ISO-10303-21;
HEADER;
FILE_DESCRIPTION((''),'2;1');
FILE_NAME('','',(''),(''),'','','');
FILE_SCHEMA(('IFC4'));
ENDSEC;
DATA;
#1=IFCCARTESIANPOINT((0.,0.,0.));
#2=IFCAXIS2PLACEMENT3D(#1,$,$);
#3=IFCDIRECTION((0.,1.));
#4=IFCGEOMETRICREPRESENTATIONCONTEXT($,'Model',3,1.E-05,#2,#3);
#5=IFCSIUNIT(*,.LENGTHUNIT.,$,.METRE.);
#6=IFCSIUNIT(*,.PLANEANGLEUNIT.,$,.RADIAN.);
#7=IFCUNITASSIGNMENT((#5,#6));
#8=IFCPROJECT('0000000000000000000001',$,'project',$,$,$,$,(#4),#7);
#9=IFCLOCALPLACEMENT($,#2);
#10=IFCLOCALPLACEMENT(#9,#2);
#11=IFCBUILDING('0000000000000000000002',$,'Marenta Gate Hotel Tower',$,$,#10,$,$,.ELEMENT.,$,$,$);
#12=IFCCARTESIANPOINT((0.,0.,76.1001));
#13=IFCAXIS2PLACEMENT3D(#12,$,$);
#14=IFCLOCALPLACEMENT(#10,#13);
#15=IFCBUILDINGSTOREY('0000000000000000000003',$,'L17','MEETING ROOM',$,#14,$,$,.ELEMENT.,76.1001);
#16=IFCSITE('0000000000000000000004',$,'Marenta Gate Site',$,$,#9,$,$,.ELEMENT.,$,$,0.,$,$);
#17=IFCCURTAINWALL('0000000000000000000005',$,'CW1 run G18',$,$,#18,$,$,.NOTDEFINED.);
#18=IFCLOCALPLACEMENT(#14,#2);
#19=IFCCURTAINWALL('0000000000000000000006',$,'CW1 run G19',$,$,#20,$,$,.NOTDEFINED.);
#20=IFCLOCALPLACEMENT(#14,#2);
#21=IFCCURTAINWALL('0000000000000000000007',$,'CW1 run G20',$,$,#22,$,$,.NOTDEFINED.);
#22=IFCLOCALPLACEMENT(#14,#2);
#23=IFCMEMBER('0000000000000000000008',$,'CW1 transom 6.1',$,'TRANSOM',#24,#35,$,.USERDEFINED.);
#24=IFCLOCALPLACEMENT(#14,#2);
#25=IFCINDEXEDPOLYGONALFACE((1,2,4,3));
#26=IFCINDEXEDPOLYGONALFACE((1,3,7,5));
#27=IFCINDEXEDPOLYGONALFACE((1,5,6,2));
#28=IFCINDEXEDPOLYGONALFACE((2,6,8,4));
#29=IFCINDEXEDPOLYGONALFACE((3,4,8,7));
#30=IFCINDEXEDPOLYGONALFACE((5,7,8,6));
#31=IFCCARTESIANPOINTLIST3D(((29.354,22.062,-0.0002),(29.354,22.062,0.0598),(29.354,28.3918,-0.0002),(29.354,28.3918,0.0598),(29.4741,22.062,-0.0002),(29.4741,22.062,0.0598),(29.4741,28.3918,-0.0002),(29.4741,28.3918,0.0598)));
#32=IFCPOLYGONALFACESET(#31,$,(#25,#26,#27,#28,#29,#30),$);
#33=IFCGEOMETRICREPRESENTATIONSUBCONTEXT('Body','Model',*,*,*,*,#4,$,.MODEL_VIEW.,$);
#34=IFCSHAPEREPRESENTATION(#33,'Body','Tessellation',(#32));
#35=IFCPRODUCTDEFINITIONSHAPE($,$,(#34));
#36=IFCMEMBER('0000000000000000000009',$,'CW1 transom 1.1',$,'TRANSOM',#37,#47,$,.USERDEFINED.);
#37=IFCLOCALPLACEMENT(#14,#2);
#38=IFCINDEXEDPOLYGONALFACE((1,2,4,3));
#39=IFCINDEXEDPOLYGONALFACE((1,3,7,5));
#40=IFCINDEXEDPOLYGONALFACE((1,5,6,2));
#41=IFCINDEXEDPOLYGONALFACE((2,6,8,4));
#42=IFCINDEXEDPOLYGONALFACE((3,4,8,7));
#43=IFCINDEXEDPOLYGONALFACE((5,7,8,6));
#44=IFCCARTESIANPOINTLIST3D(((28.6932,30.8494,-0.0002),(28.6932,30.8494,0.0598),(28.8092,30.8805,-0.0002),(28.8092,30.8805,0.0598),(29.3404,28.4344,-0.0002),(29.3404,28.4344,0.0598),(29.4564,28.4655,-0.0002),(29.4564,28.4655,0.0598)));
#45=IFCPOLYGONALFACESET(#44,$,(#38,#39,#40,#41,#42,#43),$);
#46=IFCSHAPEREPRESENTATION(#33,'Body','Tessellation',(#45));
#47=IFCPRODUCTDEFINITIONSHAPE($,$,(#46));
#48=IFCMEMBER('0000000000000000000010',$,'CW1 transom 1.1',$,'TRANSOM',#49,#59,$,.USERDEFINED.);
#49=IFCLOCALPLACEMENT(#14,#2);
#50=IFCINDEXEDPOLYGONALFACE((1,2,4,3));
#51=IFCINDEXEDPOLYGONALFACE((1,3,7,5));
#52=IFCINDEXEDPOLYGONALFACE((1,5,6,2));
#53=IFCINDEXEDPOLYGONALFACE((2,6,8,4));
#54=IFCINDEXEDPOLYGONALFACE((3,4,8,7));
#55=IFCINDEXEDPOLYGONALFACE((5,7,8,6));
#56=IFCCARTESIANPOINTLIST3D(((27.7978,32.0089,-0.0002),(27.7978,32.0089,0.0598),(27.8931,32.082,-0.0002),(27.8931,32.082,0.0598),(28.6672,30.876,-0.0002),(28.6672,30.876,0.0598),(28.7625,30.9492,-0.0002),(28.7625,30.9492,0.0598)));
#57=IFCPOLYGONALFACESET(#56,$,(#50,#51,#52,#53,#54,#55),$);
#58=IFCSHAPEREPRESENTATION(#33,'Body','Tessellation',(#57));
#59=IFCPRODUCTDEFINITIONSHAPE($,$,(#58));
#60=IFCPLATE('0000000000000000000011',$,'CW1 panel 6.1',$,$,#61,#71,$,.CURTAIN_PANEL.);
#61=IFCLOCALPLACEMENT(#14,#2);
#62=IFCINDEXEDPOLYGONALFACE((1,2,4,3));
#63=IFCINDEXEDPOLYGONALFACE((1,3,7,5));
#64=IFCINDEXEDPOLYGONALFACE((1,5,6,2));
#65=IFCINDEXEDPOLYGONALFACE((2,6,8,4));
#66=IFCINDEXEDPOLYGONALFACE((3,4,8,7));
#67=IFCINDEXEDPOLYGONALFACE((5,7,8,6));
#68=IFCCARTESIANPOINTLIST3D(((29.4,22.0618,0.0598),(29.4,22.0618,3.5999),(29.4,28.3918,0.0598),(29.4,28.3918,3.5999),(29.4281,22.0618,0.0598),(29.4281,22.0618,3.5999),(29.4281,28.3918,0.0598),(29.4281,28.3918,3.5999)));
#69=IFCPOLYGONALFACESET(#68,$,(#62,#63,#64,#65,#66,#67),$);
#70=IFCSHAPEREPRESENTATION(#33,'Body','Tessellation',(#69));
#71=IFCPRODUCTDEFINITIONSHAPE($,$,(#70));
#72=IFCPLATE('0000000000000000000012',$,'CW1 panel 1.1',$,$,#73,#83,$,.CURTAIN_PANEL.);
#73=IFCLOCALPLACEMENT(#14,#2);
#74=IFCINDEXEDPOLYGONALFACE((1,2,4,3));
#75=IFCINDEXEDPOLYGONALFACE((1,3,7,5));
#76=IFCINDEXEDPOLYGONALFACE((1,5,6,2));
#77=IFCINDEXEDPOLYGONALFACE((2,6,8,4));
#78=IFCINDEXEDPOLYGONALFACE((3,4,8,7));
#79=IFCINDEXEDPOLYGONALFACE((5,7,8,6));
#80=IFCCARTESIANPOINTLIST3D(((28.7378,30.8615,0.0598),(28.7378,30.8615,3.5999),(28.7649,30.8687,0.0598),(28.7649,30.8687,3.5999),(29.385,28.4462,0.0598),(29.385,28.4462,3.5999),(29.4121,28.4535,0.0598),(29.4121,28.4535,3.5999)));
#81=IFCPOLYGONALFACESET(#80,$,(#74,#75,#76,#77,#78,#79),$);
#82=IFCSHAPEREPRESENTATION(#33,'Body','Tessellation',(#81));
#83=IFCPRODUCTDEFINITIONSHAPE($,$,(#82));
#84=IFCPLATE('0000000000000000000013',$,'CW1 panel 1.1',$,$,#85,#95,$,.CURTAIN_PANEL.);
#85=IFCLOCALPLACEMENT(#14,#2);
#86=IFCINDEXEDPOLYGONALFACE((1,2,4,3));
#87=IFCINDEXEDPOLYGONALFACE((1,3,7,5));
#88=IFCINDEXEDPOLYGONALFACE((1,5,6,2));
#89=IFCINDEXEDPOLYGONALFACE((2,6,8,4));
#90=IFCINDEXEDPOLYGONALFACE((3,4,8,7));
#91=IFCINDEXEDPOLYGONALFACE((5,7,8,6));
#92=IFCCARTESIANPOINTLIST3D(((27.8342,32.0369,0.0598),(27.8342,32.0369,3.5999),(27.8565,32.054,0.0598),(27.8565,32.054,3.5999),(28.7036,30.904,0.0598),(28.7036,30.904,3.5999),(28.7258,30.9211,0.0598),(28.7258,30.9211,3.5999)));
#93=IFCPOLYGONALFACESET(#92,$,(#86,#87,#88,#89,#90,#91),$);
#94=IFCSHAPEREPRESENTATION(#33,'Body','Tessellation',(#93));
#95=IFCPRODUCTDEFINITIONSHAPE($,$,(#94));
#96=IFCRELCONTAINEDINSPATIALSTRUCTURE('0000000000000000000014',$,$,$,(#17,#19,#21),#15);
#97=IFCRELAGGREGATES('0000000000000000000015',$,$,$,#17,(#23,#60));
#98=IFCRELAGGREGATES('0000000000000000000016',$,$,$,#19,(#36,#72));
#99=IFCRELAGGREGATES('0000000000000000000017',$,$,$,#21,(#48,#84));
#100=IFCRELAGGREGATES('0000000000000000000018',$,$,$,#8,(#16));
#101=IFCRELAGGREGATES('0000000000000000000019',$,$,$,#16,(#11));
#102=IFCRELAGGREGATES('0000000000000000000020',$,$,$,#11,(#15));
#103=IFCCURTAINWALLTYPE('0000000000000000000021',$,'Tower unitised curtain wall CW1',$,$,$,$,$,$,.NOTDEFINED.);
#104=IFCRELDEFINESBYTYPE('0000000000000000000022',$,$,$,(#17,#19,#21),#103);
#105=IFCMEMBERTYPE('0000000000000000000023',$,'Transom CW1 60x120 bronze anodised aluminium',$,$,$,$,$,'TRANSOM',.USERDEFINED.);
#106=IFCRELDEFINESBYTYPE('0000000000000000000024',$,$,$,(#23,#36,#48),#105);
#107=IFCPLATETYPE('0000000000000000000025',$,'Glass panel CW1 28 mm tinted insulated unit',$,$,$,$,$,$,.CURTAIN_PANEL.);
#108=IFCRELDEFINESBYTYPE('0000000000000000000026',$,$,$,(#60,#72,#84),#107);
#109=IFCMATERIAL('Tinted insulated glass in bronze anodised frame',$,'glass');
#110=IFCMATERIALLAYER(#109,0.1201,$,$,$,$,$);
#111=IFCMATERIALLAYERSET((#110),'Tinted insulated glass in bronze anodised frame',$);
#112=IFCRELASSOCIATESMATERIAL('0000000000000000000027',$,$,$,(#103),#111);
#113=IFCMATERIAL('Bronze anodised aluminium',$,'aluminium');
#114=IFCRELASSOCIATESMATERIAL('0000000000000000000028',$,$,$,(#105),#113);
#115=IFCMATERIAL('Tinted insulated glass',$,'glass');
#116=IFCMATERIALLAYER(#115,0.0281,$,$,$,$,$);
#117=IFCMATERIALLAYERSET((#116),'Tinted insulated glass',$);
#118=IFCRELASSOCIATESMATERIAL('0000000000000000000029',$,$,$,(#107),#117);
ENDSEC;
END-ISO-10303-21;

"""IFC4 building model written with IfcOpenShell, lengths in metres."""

from ifc_helpers import new_model, si_unit, direction, frame, origin, origin_2d, place, context, subcontext, project, spatial, rectangle, extrude, material, layer, layer_set, material_profile, profile_set, type_object, element, aggregate, save


model = new_model("IFC4")

# Units and contexts
model_context = context("Model", 3, precision=1e-05, world=origin(), true_north=direction((0.0, 1.0)))
body_context = subcontext(model_context, "Body", "Model", "MODEL_VIEW")
ifc_project = project(units=[si_unit("LENGTHUNIT", "METRE"), si_unit("PLANEANGLEUNIT", "RADIAN")], contexts=[model_context])

# Site, building, storey
site_placement = place(None, origin())
site = spatial("IfcSite", under=ifc_project, at=site_placement, Name="Marenta Gate Site", CompositionType="ELEMENT", RefElevation=0.0)
building_placement = place(site_placement, origin())
building = spatial("IfcBuilding", under=site, at=building_placement, Name="Marenta Gate Hotel Tower", CompositionType="ELEMENT")
storey_placement = place(building_placement, frame((0.0, 0.0, 76.1001)))
storey = spatial("IfcBuildingStorey", under=building, at=storey_placement, Name="L17", Description="MEETING ROOM", CompositionType="ELEMENT", Elevation=76.1001)

# Curtain walls
ifc_material_1 = material(Name="Tinted insulated glass in bronze anodised frame", Category="glass")
ifc_layer_1 = layer(ifc_material_1, 0.1201)
ifc_layer_set_1 = layer_set([ifc_layer_1], Name="Tinted insulated glass in bronze anodised frame")
curtain_wall_type = type_object("IfcCurtainWallType", Name="Tower unitised curtain wall CW1", PredefinedType="NOTDEFINED", material=ifc_layer_set_1)
curtain_wall_1_placement = place(storey_placement, origin())
curtain_wall_1 = element("IfcCurtainWall", 1, at=curtain_wall_1_placement, inside=storey, type_object=curtain_wall_type, Name="CW1 run G18", PredefinedType="NOTDEFINED")
curtain_wall_2_placement = place(storey_placement, origin())
curtain_wall_2 = element("IfcCurtainWall", 2, at=curtain_wall_2_placement, inside=storey, type_object=curtain_wall_type, Name="CW1 run G19", PredefinedType="NOTDEFINED")
curtain_wall_3_placement = place(storey_placement, origin())
curtain_wall_3 = element("IfcCurtainWall", 3, at=curtain_wall_3_placement, inside=storey, type_object=curtain_wall_type, Name="CW1 run G20", PredefinedType="NOTDEFINED")

# Members
ifc_material_2 = material(Name="Bronze anodised aluminium", Category="aluminium")
ifc_material_profile_1 = material_profile(ifc_material_2, rectangle(XDim=0.1201, YDim=0.0601, at=origin_2d()), Name="Transom CW1 60x120 bronze anodised aluminium")
ifc_profile_set_1 = profile_set([ifc_material_profile_1], Name="Bronze anodised aluminium")
member_type_1 = type_object("IfcMemberType", Name="Transom CW1 60x120 bronze anodised aluminium", ElementType="TRANSOM", PredefinedType="USERDEFINED", material=ifc_profile_set_1)
member_1_placement = place(storey_placement, frame((29.4141, 22.062, 0.0298), z_axis=(0.0, 1.0, 0.0), x_axis=(-1.0, 0.0, 0.0)))
member_1 = element("IfcMember", 4, at=member_1_placement, type_object=member_type_1, Name="CW1 transom 6.1", ObjectType="TRANSOM", PredefinedType="USERDEFINED", context=body_context, shape_type="SweptSolid", body=[
    extrude(rectangle(XDim=0.1201, YDim=0.0601, at=origin_2d()), origin(), (0.0, 0.0, 1.0), 6.3298),
])
member_2_placement = place(storey_placement, frame((29.3984, 28.45, 0.0298), z_axis=(-0.25886, 0.965915, 0.0), x_axis=(-0.965915, -0.25886, 0.0)))
member_2 = element("IfcMember", 5, at=member_2_placement, type_object=member_type_1, Name="CW1 transom 1.1", ObjectType="TRANSOM", PredefinedType="USERDEFINED", context=body_context, shape_type="SweptSolid", body=[
    extrude(rectangle(XDim=0.1201, YDim=0.0601, at=origin_2d()), origin(), (0.0, 0.0, 1.0), 2.5002),
])
member_3_placement = place(storey_placement, frame((28.7148, 30.9126, 0.0298), z_axis=(-0.608826, 0.793304, 0.0), x_axis=(-0.793304, -0.608826, 0.0)))
member_3 = element("IfcMember", 6, at=member_3_placement, type_object=member_type_1, Name="CW1 transom 1.1", ObjectType="TRANSOM", PredefinedType="USERDEFINED", context=body_context, shape_type="SweptSolid", body=[
    extrude(rectangle(XDim=0.1201, YDim=0.0601, at=origin_2d()), origin(), (0.0, 0.0, 1.0), 1.428),
])

# Plates
ifc_material_3 = material(Name="Tinted insulated glass", Category="glass")
ifc_layer_2 = layer(ifc_material_3, 0.0281)
ifc_layer_set_2 = layer_set([ifc_layer_2], Name="Tinted insulated glass")
plate_type = type_object("IfcPlateType", Name="Glass panel CW1 28 mm tinted insulated unit", PredefinedType="CURTAIN_PANEL", material=ifc_layer_set_2)
plate_1_placement = place(storey_placement, frame((29.4141, 25.2268, 0.0598), z_axis=(0.0, 0.0, 1.0), x_axis=(0.0, 1.0, 0.0)))
plate_1 = element("IfcPlate", 7, at=plate_1_placement, type_object=plate_type, Name="CW1 panel 6.1", PredefinedType="CURTAIN_PANEL", context=body_context, shape_type="SweptSolid", body=[
    extrude(rectangle(XDim=6.3301, YDim=0.0281, at=origin_2d()), origin(), (0.0, 0.0, 1.0), 3.54),
])
aggregate(curtain_wall_1, [member_1, plate_1])
plate_2_placement = place(storey_placement, frame((29.075, 29.6575, 0.0598), z_axis=(0.0, 0.0, 1.0), x_axis=(-0.258822, 0.965925, 0.0)))
plate_2 = element("IfcPlate", 8, at=plate_2_placement, type_object=plate_type, Name="CW1 panel 1.1", PredefinedType="CURTAIN_PANEL", context=body_context, shape_type="SweptSolid", body=[
    extrude(rectangle(XDim=2.5005, YDim=0.0281, at=origin_2d()), origin(), (0.0, 0.0, 1.0), 3.54),
])
aggregate(curtain_wall_2, [member_2, plate_2])
plate_3_placement = place(storey_placement, frame((28.28, 31.479, 0.0598), z_axis=(0.0, 0.0, 1.0), x_axis=(-0.608781, 0.793338, 0.0)))
plate_3 = element("IfcPlate", 9, at=plate_3_placement, type_object=plate_type, Name="CW1 panel 1.1", PredefinedType="CURTAIN_PANEL", context=body_context, shape_type="SweptSolid", body=[
    extrude(rectangle(XDim=1.428, YDim=0.0281, at=origin_2d()), origin(), (0.0, 0.0, 1.0), 3.54),
])
aggregate(curtain_wall_3, [member_3, plate_3])

save(model, "model.ifc")
